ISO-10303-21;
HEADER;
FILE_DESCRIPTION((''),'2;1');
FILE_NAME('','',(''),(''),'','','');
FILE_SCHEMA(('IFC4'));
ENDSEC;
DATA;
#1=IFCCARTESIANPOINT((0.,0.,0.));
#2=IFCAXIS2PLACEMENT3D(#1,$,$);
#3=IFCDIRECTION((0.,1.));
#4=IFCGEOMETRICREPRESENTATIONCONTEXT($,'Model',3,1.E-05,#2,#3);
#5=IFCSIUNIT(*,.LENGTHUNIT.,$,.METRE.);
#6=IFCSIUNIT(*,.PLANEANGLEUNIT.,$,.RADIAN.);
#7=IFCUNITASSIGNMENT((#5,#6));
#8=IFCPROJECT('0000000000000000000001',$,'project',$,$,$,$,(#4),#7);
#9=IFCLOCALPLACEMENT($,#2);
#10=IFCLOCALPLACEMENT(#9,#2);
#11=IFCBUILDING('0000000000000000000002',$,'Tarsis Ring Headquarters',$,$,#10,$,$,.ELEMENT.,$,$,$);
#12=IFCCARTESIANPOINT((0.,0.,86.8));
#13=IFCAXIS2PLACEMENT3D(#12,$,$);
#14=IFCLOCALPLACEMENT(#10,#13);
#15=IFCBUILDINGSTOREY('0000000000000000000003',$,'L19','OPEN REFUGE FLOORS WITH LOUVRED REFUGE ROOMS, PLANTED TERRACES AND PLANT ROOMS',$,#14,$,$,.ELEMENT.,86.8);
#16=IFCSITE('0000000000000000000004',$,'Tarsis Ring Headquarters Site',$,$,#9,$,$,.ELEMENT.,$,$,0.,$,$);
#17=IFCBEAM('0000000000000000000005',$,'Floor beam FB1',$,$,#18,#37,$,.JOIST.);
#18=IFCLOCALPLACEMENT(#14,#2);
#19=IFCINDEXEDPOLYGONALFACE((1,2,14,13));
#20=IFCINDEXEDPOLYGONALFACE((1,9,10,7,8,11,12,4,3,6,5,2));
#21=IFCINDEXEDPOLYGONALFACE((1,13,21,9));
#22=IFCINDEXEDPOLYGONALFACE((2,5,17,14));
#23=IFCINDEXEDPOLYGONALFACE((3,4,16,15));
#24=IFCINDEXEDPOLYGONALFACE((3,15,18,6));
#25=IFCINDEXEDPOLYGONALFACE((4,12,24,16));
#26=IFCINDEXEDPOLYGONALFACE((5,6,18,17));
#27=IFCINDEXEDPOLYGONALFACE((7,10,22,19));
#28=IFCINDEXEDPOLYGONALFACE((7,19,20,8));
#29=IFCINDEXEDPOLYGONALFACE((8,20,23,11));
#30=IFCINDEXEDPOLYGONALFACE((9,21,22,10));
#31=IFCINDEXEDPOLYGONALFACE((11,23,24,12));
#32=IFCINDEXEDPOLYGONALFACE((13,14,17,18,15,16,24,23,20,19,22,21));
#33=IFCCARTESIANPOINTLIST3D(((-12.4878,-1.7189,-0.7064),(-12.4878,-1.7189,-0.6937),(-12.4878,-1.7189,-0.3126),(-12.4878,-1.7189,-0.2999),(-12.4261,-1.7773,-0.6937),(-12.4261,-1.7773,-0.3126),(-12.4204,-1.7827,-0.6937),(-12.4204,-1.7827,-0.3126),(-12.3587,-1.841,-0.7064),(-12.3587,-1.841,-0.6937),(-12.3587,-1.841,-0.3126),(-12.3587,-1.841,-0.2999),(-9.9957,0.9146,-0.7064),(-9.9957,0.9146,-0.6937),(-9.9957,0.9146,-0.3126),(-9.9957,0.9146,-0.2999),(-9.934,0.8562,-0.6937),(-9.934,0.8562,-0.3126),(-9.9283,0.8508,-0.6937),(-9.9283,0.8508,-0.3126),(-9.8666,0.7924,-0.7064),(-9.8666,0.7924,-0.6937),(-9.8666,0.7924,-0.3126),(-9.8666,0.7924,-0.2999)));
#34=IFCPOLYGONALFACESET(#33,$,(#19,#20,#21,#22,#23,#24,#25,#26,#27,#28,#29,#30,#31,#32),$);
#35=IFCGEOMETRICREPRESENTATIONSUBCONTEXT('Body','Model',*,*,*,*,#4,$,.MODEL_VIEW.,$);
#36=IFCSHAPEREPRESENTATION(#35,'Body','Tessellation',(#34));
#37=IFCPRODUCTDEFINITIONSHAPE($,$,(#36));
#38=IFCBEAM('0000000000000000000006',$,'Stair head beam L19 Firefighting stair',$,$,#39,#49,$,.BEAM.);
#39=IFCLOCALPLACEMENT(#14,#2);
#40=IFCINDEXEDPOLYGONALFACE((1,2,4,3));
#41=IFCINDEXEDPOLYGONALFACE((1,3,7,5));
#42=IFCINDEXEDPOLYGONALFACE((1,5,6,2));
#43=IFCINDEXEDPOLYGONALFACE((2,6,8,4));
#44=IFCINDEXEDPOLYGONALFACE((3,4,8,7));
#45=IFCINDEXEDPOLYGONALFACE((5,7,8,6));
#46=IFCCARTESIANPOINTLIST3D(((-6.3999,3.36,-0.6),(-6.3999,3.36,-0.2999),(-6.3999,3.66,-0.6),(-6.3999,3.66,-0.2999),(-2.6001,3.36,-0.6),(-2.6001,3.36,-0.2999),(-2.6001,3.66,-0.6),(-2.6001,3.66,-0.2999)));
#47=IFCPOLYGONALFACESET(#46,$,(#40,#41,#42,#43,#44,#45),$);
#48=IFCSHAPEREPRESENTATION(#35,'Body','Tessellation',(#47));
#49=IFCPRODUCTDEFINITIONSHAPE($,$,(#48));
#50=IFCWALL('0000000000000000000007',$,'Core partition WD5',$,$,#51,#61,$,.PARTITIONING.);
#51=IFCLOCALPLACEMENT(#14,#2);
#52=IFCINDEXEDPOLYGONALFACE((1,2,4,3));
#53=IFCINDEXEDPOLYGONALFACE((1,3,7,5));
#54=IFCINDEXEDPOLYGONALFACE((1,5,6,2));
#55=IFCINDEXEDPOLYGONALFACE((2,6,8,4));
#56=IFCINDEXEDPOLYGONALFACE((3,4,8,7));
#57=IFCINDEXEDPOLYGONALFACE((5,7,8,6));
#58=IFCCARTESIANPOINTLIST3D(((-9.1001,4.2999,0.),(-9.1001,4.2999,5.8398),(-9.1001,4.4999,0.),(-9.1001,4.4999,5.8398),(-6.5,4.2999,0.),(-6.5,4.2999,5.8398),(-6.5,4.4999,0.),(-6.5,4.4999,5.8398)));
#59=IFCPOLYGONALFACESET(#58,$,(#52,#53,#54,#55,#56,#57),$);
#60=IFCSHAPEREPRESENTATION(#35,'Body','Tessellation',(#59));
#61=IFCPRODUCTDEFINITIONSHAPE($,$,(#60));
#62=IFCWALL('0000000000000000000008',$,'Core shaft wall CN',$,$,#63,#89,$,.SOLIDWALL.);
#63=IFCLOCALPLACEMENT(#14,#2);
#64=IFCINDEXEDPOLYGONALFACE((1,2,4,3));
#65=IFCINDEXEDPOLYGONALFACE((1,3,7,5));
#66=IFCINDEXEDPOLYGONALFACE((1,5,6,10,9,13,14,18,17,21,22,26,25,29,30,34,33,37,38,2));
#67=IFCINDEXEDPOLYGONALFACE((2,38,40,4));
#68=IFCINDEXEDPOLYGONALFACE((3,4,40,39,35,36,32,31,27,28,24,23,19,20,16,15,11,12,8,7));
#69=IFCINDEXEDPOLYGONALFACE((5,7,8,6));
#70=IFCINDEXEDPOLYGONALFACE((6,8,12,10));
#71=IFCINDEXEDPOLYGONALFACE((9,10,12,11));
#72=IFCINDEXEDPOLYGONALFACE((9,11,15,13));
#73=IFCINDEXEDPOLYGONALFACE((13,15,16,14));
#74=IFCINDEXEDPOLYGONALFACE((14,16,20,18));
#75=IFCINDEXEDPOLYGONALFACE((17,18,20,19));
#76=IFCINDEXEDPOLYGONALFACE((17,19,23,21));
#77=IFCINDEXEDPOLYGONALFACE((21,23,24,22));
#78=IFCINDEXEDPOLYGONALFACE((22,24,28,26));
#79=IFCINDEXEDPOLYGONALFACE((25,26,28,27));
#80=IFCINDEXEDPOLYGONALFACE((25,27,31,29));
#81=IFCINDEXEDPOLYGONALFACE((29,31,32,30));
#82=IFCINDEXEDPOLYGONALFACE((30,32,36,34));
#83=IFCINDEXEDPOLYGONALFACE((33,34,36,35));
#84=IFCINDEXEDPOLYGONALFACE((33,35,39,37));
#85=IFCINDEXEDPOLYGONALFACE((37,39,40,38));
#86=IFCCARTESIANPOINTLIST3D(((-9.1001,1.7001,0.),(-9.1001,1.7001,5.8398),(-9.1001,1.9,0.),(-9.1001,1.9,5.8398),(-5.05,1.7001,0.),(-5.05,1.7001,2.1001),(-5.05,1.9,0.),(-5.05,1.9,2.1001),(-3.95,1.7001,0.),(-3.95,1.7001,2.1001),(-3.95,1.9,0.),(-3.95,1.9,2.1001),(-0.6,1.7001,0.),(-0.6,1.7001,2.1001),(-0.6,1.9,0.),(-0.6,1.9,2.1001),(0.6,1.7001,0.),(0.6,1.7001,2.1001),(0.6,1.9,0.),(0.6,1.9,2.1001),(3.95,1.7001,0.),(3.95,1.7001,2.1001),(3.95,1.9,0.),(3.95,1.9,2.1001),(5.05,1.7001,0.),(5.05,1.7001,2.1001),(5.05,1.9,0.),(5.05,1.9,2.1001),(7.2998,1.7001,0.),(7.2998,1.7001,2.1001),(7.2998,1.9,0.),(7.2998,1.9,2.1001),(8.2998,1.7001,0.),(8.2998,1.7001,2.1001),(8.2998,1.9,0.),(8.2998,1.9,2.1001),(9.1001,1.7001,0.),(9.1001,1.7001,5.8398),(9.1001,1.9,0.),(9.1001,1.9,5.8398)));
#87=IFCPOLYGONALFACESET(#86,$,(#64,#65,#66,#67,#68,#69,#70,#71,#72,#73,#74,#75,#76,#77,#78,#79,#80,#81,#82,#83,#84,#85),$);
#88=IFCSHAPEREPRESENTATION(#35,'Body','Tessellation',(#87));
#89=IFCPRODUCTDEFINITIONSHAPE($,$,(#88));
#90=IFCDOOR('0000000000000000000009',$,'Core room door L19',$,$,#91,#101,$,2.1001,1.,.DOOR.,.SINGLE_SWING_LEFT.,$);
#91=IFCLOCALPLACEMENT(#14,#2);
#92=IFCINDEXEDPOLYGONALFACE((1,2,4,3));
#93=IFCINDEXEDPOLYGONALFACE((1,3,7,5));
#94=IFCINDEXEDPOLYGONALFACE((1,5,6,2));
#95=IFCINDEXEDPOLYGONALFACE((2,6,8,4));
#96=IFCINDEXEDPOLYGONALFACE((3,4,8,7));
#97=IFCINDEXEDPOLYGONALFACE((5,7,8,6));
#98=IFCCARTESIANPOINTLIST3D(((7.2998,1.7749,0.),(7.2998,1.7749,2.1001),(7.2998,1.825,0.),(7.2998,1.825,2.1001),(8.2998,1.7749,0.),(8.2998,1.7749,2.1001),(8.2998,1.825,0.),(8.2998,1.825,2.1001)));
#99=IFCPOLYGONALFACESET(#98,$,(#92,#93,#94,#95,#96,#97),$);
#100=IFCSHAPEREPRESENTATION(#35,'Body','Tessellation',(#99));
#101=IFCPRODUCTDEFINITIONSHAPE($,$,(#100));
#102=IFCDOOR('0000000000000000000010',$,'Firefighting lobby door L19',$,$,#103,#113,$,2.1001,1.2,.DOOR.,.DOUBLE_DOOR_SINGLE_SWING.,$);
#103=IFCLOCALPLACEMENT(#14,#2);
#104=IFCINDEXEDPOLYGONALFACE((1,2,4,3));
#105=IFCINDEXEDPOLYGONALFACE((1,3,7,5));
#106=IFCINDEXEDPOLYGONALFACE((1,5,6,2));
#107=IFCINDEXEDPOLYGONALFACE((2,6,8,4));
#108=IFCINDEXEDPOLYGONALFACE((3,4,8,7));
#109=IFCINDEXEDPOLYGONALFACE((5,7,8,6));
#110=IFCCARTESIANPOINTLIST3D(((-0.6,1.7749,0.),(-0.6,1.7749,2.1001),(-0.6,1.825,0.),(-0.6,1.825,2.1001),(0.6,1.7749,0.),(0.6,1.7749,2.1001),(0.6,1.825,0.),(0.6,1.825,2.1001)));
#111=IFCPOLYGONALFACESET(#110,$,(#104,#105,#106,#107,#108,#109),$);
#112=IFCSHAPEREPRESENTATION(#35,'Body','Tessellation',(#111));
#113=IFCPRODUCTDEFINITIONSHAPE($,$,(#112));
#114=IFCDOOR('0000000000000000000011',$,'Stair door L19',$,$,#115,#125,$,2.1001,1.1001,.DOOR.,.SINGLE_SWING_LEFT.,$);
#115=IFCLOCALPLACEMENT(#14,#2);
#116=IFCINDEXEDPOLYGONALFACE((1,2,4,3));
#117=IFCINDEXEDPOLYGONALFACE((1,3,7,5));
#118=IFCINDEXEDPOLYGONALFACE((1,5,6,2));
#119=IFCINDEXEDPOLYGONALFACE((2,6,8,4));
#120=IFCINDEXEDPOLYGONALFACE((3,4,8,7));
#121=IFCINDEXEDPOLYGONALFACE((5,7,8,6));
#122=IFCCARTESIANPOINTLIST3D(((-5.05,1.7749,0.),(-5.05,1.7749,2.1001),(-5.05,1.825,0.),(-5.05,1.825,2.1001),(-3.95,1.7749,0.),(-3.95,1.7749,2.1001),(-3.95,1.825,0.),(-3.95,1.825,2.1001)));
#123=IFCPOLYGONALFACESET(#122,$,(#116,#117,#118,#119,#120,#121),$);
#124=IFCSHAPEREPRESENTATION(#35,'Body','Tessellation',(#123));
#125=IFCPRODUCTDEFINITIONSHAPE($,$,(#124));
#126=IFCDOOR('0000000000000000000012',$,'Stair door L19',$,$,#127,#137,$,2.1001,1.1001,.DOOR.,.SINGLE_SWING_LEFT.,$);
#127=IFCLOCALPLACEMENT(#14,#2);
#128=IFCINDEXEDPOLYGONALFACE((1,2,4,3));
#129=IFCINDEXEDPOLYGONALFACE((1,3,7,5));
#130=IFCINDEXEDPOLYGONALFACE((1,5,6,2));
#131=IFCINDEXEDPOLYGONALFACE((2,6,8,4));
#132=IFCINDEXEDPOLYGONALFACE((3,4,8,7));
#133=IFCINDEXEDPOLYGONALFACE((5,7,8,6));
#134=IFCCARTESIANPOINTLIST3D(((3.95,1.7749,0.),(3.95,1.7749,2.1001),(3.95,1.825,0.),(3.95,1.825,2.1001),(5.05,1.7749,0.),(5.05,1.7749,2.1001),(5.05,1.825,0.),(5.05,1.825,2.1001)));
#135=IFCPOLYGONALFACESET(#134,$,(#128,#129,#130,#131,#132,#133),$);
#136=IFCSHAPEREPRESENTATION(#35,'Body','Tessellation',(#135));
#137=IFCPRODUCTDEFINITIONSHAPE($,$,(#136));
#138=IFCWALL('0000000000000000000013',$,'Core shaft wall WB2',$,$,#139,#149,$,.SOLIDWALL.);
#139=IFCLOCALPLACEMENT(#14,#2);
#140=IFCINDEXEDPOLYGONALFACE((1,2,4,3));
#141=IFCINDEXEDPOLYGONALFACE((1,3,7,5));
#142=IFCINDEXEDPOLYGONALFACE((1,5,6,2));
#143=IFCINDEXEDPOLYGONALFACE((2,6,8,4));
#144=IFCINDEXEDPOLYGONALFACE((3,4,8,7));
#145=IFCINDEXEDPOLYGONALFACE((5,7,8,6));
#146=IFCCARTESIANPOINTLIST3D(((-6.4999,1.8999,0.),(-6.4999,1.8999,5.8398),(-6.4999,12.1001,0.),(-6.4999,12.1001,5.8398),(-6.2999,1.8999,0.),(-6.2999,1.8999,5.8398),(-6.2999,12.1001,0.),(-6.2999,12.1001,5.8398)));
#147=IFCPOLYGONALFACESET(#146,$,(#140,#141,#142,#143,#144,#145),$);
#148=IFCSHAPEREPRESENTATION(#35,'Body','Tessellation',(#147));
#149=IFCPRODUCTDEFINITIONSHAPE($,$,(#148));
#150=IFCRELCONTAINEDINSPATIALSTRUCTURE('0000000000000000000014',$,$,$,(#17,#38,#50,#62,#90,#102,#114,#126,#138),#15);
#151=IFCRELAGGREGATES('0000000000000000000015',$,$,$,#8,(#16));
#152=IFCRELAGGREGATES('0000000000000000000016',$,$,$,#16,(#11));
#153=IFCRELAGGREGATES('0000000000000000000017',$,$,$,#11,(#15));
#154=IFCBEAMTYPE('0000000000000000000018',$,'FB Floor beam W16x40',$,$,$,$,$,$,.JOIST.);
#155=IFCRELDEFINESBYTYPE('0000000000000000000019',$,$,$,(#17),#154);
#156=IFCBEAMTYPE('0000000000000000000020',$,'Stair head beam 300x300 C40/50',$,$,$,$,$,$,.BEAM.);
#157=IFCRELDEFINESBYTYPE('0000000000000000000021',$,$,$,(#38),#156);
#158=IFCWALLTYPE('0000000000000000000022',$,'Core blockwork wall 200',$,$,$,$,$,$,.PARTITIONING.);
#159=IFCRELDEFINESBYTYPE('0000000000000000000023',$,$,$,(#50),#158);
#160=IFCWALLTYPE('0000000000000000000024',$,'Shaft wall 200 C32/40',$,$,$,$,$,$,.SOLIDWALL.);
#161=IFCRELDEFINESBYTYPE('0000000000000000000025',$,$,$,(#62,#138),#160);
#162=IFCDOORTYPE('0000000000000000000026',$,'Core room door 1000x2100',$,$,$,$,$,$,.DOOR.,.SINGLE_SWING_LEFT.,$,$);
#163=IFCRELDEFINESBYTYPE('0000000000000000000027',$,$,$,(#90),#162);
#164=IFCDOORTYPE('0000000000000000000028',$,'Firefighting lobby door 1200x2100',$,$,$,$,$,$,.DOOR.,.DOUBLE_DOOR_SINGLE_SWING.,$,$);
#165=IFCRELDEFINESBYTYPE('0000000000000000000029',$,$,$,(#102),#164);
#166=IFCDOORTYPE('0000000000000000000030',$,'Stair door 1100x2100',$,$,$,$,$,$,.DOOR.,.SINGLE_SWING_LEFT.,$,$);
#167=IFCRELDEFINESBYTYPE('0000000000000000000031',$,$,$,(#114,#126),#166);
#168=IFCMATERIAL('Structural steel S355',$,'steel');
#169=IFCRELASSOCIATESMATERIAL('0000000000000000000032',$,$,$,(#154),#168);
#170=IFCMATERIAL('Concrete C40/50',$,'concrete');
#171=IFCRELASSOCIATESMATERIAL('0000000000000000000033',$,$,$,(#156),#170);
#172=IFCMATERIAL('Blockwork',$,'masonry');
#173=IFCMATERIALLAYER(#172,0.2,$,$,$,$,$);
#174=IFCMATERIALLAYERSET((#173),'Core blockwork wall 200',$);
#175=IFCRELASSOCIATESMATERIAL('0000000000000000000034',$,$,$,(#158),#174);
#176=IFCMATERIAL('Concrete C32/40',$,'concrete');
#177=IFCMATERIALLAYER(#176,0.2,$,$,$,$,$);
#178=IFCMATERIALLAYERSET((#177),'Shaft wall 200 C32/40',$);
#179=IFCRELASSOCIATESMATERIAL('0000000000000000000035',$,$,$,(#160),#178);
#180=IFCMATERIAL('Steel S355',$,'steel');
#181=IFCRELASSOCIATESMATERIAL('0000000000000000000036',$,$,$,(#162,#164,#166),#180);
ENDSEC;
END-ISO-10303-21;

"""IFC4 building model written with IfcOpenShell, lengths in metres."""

from ifc_helpers import new_model, si_unit, direction, frame, frame_2d, origin, origin_2d, place, context, subcontext, project, spatial, rectangle, i_section, extrude, material, layer, layer_set, material_profile, profile_set, type_object, element, fill, save


model = new_model("IFC4")

# Units and contexts
model_context = context("Model", 3, precision=1e-05, world=origin(), true_north=direction((0.0, 1.0)))
body_context = subcontext(model_context, "Body", "Model", "MODEL_VIEW")
ifc_project = project(units=[si_unit("LENGTHUNIT", "METRE"), si_unit("PLANEANGLEUNIT", "RADIAN")], contexts=[model_context])

# Site, building, storey
site_placement = place(None, origin())
site = spatial("IfcSite", under=ifc_project, at=site_placement, Name="Tarsis Ring Headquarters Site", CompositionType="ELEMENT", RefElevation=0.0)
building_placement = place(site_placement, origin())
building = spatial("IfcBuilding", under=site, at=building_placement, Name="Tarsis Ring Headquarters", CompositionType="ELEMENT")
storey_placement = place(building_placement, frame((0.0, 0.0, 86.8)))
storey = spatial("IfcBuildingStorey", under=building, at=storey_placement, Name="L19", Description="OPEN REFUGE FLOORS WITH LOUVRED REFUGE ROOMS, PLANTED TERRACES AND PLANT ROOMS", CompositionType="ELEMENT", Elevation=86.8)

# Beams
ifc_material_1 = material(Name="Structural steel S355", Category="steel")
ifc_material_profile_1 = material_profile(ifc_material_1, i_section(OverallWidth=0.1777, OverallDepth=0.4065, WebThickness=0.0078, FlangeThickness=0.0127, at=origin_2d()), Name="W16x40")
ifc_profile_set_1 = profile_set([ifc_material_profile_1], Name="Structural steel S355")
beam_type_1 = type_object("IfcBeamType", Name="FB Floor beam W16x40", PredefinedType="JOIST", material=ifc_profile_set_1)
beam_1_placement = place(storey_placement, frame((-9.9312, 0.8535, -0.5032), z_axis=(-0.687345, -0.726331, 0.0), x_axis=(0.726331, -0.687345, 0.0)))
element("IfcBeam", 1, at=beam_1_placement, inside=storey, type_object=beam_type_1, Name="Floor beam FB1", PredefinedType="JOIST", context=body_context, shape_type="SweptSolid", body=[
    extrude(i_section(OverallWidth=0.1777, OverallDepth=0.4065, WebThickness=0.0078, FlangeThickness=0.0127, at=origin_2d()), origin(), (0.0, 0.0, 1.0), 3.6257),
])
ifc_material_2 = material(Name="Concrete C40/50", Category="concrete")
ifc_material_profile_2 = material_profile(ifc_material_2, rectangle(XDim=0.3, YDim=0.3, at=origin_2d()), Name="Stair head beam 300x300 C40/50")
ifc_profile_set_2 = profile_set([ifc_material_profile_2], Name="Concrete C40/50")
beam_type_2 = type_object("IfcBeamType", Name="Stair head beam 300x300 C40/50", PredefinedType="BEAM", material=ifc_profile_set_2)
beam_2_placement = place(storey_placement, frame((-6.3999, 3.51, -0.45), z_axis=(1.0, 0.0, 0.0), x_axis=(0.0, 1.0, 0.0)))
element("IfcBeam", 2, at=beam_2_placement, inside=storey, type_object=beam_type_2, Name="Stair head beam L19 Firefighting stair", PredefinedType="BEAM", context=body_context, shape_type="SweptSolid", body=[
    extrude(rectangle(XDim=0.3, YDim=0.3, at=origin_2d()), origin(), (0.0, 0.0, 1.0), 3.7998),
])

# Wall
ifc_material_3 = material(Name="Blockwork", Category="masonry")
ifc_layer_1 = layer(ifc_material_3, 0.2)
ifc_layer_set_1 = layer_set([ifc_layer_1], Name="Core blockwork wall 200")
wall_type_1 = type_object("IfcWallType", Name="Core blockwork wall 200", PredefinedType="PARTITIONING", material=ifc_layer_set_1)
wall_1_placement = place(storey_placement, frame((-9.1001, 4.3999, 0.0), z_axis=(0.0, 0.0, 1.0), x_axis=(1.0, 0.0, 0.0)))
element("IfcWall", 3, at=wall_1_placement, inside=storey, type_object=wall_type_1, Name="Core partition WD5", PredefinedType="PARTITIONING", context=body_context, shape_type="SweptSolid", body=[
    extrude(rectangle(XDim=2.6001, YDim=0.2, at=frame_2d((1.3, 0.0))), origin(), (0.0, 0.0, 1.0), 5.8398),
])

# Wall, openings, doors
ifc_material_4 = material(Name="Concrete C32/40", Category="concrete")
ifc_layer_2 = layer(ifc_material_4, 0.2)
ifc_layer_set_2 = layer_set([ifc_layer_2], Name="Shaft wall 200 C32/40")
wall_type_2 = type_object("IfcWallType", Name="Shaft wall 200 C32/40", PredefinedType="SOLIDWALL", material=ifc_layer_set_2)
wall_2_placement = place(storey_placement, frame((-9.1001, 1.8, 0.0), z_axis=(0.0, 0.0, 1.0), x_axis=(1.0, 0.0, 0.0)))
wall_2 = element("IfcWall", 4, at=wall_2_placement, inside=storey, type_object=wall_type_2, Name="Core shaft wall CN", PredefinedType="SOLIDWALL", context=body_context, shape_type="SweptSolid", body=[
    extrude(rectangle(XDim=18.2002, YDim=0.2, at=frame_2d((9.1001, 0.0))), origin(), (0.0, 0.0, 1.0), 5.8398),
])
opening_1_placement = place(wall_2_placement, frame((4.05, 0.0, 0.0)))
opening_1 = element("IfcOpeningElement", 5, at=opening_1_placement, cuts=wall_2, PredefinedType="OPENING", context=body_context, shape_type="SweptSolid", body=[
    extrude(rectangle(XDim=1.1001, YDim=2.1001, at=frame_2d((0.55, 1.05))), frame((0.0, 0.1099, 0.0), z_axis=(0.0, -1.0, 0.0), x_axis=(1.0, 0.0, 0.0)), (0.0, 0.0, 1.0), 0.22),
])
opening_2_placement = place(wall_2_placement, frame((8.5, 0.0, 0.0)))
opening_2 = element("IfcOpeningElement", 6, at=opening_2_placement, cuts=wall_2, PredefinedType="OPENING", context=body_context, shape_type="SweptSolid", body=[
    extrude(rectangle(XDim=1.2, YDim=2.1001, at=frame_2d((0.6001, 1.05))), frame((0.0, 0.1099, 0.0), z_axis=(0.0, -1.0, 0.0), x_axis=(1.0, 0.0, 0.0)), (0.0, 0.0, 1.0), 0.22),
])
opening_3_placement = place(wall_2_placement, frame((13.05, 0.0, 0.0)))
opening_3 = element("IfcOpeningElement", 7, at=opening_3_placement, cuts=wall_2, PredefinedType="OPENING", context=body_context, shape_type="SweptSolid", body=[
    extrude(rectangle(XDim=1.1001, YDim=2.1001, at=frame_2d((0.55, 1.05))), frame((0.0, 0.1099, 0.0), z_axis=(0.0, -1.0, 0.0), x_axis=(1.0, 0.0, 0.0)), (0.0, 0.0, 1.0), 0.22),
])
opening_4_placement = place(wall_2_placement, frame((16.3999, 0.0, 0.0)))
opening_4 = element("IfcOpeningElement", 8, at=opening_4_placement, cuts=wall_2, PredefinedType="OPENING", context=body_context, shape_type="SweptSolid", body=[
    extrude(rectangle(XDim=1.0, YDim=2.1001, at=frame_2d((0.5, 1.05))), frame((0.0, 0.1099, 0.0), z_axis=(0.0, -1.0, 0.0), x_axis=(1.0, 0.0, 0.0)), (0.0, 0.0, 1.0), 0.22),
])
ifc_material_5 = material(Name="Steel S355", Category="steel")
door_type_1 = type_object("IfcDoorType", Name="Core room door 1000x2100", OperationType="SINGLE_SWING_LEFT", PredefinedType="DOOR", material=ifc_material_5)
door_1_placement = place(opening_4_placement, origin())
door_1 = element("IfcDoor", 9, at=door_1_placement, inside=storey, type_object=door_type_1, Name="Core room door L19", OperationType="SINGLE_SWING_LEFT", OverallHeight=2.1001, OverallWidth=1.0, PredefinedType="DOOR", context=body_context, shape_type="SweptSolid", body=[
    extrude(rectangle(XDim=1.0, YDim=2.1001, at=frame_2d((0.5, 1.05))), frame((0.0, 0.0249, 0.0), z_axis=(0.0, -1.0, 0.0), x_axis=(1.0, 0.0, 0.0)), (0.0, 0.0, 1.0), 0.05),
])
fill(opening_4, door_1)
door_type_2 = type_object("IfcDoorType", Name="Firefighting lobby door 1200x2100", OperationType="DOUBLE_DOOR_SINGLE_SWING", PredefinedType="DOOR", material=ifc_material_5)
door_2_placement = place(opening_2_placement, origin())
door_2 = element("IfcDoor", 10, at=door_2_placement, inside=storey, type_object=door_type_2, Name="Firefighting lobby door L19", OperationType="DOUBLE_DOOR_SINGLE_SWING", OverallHeight=2.1001, OverallWidth=1.2, PredefinedType="DOOR", context=body_context, shape_type="SweptSolid", body=[
    extrude(rectangle(XDim=1.2, YDim=2.1001, at=frame_2d((0.6001, 1.05))), frame((0.0, 0.0249, 0.0), z_axis=(0.0, -1.0, 0.0), x_axis=(1.0, 0.0, 0.0)), (0.0, 0.0, 1.0), 0.05),
])
fill(opening_2, door_2)
door_type_3 = type_object("IfcDoorType", Name="Stair door 1100x2100", OperationType="SINGLE_SWING_LEFT", PredefinedType="DOOR", material=ifc_material_5)
door_3_placement = place(opening_1_placement, origin())
door_3 = element("IfcDoor", 11, at=door_3_placement, inside=storey, type_object=door_type_3, Name="Stair door L19", OperationType="SINGLE_SWING_LEFT", OverallHeight=2.1001, OverallWidth=1.1001, PredefinedType="DOOR", context=body_context, shape_type="SweptSolid", body=[
    extrude(rectangle(XDim=1.1001, YDim=2.1001, at=frame_2d((0.55, 1.05))), frame((0.0, 0.0249, 0.0), z_axis=(0.0, -1.0, 0.0), x_axis=(1.0, 0.0, 0.0)), (0.0, 0.0, 1.0), 0.05),
])
fill(opening_1, door_3)
door_4_placement = place(opening_3_placement, origin())
door_4 = element("IfcDoor", 12, at=door_4_placement, inside=storey, type_object=door_type_3, Name="Stair door L19", OperationType="SINGLE_SWING_LEFT", OverallHeight=2.1001, OverallWidth=1.1001, PredefinedType="DOOR", context=body_context, shape_type="SweptSolid", body=[
    extrude(rectangle(XDim=1.1001, YDim=2.1001, at=frame_2d((0.55, 1.05))), frame((0.0, 0.0249, 0.0), z_axis=(0.0, -1.0, 0.0), x_axis=(1.0, 0.0, 0.0)), (0.0, 0.0, 1.0), 0.05),
])
fill(opening_3, door_4)

# Wall
wall_3_placement = place(storey_placement, frame((-6.3999, 1.8999, 0.0), z_axis=(0.0, 0.0, 1.0), x_axis=(0.0, 1.0, 0.0)))
element("IfcWall", 13, at=wall_3_placement, inside=storey, type_object=wall_type_2, Name="Core shaft wall WB2", PredefinedType="SOLIDWALL", context=body_context, shape_type="SweptSolid", body=[
    extrude(rectangle(XDim=10.2002, YDim=0.2, at=frame_2d((5.1001, 0.0))), origin(), (0.0, 0.0, 1.0), 5.8398),
])

save(model, "model.ifc")
